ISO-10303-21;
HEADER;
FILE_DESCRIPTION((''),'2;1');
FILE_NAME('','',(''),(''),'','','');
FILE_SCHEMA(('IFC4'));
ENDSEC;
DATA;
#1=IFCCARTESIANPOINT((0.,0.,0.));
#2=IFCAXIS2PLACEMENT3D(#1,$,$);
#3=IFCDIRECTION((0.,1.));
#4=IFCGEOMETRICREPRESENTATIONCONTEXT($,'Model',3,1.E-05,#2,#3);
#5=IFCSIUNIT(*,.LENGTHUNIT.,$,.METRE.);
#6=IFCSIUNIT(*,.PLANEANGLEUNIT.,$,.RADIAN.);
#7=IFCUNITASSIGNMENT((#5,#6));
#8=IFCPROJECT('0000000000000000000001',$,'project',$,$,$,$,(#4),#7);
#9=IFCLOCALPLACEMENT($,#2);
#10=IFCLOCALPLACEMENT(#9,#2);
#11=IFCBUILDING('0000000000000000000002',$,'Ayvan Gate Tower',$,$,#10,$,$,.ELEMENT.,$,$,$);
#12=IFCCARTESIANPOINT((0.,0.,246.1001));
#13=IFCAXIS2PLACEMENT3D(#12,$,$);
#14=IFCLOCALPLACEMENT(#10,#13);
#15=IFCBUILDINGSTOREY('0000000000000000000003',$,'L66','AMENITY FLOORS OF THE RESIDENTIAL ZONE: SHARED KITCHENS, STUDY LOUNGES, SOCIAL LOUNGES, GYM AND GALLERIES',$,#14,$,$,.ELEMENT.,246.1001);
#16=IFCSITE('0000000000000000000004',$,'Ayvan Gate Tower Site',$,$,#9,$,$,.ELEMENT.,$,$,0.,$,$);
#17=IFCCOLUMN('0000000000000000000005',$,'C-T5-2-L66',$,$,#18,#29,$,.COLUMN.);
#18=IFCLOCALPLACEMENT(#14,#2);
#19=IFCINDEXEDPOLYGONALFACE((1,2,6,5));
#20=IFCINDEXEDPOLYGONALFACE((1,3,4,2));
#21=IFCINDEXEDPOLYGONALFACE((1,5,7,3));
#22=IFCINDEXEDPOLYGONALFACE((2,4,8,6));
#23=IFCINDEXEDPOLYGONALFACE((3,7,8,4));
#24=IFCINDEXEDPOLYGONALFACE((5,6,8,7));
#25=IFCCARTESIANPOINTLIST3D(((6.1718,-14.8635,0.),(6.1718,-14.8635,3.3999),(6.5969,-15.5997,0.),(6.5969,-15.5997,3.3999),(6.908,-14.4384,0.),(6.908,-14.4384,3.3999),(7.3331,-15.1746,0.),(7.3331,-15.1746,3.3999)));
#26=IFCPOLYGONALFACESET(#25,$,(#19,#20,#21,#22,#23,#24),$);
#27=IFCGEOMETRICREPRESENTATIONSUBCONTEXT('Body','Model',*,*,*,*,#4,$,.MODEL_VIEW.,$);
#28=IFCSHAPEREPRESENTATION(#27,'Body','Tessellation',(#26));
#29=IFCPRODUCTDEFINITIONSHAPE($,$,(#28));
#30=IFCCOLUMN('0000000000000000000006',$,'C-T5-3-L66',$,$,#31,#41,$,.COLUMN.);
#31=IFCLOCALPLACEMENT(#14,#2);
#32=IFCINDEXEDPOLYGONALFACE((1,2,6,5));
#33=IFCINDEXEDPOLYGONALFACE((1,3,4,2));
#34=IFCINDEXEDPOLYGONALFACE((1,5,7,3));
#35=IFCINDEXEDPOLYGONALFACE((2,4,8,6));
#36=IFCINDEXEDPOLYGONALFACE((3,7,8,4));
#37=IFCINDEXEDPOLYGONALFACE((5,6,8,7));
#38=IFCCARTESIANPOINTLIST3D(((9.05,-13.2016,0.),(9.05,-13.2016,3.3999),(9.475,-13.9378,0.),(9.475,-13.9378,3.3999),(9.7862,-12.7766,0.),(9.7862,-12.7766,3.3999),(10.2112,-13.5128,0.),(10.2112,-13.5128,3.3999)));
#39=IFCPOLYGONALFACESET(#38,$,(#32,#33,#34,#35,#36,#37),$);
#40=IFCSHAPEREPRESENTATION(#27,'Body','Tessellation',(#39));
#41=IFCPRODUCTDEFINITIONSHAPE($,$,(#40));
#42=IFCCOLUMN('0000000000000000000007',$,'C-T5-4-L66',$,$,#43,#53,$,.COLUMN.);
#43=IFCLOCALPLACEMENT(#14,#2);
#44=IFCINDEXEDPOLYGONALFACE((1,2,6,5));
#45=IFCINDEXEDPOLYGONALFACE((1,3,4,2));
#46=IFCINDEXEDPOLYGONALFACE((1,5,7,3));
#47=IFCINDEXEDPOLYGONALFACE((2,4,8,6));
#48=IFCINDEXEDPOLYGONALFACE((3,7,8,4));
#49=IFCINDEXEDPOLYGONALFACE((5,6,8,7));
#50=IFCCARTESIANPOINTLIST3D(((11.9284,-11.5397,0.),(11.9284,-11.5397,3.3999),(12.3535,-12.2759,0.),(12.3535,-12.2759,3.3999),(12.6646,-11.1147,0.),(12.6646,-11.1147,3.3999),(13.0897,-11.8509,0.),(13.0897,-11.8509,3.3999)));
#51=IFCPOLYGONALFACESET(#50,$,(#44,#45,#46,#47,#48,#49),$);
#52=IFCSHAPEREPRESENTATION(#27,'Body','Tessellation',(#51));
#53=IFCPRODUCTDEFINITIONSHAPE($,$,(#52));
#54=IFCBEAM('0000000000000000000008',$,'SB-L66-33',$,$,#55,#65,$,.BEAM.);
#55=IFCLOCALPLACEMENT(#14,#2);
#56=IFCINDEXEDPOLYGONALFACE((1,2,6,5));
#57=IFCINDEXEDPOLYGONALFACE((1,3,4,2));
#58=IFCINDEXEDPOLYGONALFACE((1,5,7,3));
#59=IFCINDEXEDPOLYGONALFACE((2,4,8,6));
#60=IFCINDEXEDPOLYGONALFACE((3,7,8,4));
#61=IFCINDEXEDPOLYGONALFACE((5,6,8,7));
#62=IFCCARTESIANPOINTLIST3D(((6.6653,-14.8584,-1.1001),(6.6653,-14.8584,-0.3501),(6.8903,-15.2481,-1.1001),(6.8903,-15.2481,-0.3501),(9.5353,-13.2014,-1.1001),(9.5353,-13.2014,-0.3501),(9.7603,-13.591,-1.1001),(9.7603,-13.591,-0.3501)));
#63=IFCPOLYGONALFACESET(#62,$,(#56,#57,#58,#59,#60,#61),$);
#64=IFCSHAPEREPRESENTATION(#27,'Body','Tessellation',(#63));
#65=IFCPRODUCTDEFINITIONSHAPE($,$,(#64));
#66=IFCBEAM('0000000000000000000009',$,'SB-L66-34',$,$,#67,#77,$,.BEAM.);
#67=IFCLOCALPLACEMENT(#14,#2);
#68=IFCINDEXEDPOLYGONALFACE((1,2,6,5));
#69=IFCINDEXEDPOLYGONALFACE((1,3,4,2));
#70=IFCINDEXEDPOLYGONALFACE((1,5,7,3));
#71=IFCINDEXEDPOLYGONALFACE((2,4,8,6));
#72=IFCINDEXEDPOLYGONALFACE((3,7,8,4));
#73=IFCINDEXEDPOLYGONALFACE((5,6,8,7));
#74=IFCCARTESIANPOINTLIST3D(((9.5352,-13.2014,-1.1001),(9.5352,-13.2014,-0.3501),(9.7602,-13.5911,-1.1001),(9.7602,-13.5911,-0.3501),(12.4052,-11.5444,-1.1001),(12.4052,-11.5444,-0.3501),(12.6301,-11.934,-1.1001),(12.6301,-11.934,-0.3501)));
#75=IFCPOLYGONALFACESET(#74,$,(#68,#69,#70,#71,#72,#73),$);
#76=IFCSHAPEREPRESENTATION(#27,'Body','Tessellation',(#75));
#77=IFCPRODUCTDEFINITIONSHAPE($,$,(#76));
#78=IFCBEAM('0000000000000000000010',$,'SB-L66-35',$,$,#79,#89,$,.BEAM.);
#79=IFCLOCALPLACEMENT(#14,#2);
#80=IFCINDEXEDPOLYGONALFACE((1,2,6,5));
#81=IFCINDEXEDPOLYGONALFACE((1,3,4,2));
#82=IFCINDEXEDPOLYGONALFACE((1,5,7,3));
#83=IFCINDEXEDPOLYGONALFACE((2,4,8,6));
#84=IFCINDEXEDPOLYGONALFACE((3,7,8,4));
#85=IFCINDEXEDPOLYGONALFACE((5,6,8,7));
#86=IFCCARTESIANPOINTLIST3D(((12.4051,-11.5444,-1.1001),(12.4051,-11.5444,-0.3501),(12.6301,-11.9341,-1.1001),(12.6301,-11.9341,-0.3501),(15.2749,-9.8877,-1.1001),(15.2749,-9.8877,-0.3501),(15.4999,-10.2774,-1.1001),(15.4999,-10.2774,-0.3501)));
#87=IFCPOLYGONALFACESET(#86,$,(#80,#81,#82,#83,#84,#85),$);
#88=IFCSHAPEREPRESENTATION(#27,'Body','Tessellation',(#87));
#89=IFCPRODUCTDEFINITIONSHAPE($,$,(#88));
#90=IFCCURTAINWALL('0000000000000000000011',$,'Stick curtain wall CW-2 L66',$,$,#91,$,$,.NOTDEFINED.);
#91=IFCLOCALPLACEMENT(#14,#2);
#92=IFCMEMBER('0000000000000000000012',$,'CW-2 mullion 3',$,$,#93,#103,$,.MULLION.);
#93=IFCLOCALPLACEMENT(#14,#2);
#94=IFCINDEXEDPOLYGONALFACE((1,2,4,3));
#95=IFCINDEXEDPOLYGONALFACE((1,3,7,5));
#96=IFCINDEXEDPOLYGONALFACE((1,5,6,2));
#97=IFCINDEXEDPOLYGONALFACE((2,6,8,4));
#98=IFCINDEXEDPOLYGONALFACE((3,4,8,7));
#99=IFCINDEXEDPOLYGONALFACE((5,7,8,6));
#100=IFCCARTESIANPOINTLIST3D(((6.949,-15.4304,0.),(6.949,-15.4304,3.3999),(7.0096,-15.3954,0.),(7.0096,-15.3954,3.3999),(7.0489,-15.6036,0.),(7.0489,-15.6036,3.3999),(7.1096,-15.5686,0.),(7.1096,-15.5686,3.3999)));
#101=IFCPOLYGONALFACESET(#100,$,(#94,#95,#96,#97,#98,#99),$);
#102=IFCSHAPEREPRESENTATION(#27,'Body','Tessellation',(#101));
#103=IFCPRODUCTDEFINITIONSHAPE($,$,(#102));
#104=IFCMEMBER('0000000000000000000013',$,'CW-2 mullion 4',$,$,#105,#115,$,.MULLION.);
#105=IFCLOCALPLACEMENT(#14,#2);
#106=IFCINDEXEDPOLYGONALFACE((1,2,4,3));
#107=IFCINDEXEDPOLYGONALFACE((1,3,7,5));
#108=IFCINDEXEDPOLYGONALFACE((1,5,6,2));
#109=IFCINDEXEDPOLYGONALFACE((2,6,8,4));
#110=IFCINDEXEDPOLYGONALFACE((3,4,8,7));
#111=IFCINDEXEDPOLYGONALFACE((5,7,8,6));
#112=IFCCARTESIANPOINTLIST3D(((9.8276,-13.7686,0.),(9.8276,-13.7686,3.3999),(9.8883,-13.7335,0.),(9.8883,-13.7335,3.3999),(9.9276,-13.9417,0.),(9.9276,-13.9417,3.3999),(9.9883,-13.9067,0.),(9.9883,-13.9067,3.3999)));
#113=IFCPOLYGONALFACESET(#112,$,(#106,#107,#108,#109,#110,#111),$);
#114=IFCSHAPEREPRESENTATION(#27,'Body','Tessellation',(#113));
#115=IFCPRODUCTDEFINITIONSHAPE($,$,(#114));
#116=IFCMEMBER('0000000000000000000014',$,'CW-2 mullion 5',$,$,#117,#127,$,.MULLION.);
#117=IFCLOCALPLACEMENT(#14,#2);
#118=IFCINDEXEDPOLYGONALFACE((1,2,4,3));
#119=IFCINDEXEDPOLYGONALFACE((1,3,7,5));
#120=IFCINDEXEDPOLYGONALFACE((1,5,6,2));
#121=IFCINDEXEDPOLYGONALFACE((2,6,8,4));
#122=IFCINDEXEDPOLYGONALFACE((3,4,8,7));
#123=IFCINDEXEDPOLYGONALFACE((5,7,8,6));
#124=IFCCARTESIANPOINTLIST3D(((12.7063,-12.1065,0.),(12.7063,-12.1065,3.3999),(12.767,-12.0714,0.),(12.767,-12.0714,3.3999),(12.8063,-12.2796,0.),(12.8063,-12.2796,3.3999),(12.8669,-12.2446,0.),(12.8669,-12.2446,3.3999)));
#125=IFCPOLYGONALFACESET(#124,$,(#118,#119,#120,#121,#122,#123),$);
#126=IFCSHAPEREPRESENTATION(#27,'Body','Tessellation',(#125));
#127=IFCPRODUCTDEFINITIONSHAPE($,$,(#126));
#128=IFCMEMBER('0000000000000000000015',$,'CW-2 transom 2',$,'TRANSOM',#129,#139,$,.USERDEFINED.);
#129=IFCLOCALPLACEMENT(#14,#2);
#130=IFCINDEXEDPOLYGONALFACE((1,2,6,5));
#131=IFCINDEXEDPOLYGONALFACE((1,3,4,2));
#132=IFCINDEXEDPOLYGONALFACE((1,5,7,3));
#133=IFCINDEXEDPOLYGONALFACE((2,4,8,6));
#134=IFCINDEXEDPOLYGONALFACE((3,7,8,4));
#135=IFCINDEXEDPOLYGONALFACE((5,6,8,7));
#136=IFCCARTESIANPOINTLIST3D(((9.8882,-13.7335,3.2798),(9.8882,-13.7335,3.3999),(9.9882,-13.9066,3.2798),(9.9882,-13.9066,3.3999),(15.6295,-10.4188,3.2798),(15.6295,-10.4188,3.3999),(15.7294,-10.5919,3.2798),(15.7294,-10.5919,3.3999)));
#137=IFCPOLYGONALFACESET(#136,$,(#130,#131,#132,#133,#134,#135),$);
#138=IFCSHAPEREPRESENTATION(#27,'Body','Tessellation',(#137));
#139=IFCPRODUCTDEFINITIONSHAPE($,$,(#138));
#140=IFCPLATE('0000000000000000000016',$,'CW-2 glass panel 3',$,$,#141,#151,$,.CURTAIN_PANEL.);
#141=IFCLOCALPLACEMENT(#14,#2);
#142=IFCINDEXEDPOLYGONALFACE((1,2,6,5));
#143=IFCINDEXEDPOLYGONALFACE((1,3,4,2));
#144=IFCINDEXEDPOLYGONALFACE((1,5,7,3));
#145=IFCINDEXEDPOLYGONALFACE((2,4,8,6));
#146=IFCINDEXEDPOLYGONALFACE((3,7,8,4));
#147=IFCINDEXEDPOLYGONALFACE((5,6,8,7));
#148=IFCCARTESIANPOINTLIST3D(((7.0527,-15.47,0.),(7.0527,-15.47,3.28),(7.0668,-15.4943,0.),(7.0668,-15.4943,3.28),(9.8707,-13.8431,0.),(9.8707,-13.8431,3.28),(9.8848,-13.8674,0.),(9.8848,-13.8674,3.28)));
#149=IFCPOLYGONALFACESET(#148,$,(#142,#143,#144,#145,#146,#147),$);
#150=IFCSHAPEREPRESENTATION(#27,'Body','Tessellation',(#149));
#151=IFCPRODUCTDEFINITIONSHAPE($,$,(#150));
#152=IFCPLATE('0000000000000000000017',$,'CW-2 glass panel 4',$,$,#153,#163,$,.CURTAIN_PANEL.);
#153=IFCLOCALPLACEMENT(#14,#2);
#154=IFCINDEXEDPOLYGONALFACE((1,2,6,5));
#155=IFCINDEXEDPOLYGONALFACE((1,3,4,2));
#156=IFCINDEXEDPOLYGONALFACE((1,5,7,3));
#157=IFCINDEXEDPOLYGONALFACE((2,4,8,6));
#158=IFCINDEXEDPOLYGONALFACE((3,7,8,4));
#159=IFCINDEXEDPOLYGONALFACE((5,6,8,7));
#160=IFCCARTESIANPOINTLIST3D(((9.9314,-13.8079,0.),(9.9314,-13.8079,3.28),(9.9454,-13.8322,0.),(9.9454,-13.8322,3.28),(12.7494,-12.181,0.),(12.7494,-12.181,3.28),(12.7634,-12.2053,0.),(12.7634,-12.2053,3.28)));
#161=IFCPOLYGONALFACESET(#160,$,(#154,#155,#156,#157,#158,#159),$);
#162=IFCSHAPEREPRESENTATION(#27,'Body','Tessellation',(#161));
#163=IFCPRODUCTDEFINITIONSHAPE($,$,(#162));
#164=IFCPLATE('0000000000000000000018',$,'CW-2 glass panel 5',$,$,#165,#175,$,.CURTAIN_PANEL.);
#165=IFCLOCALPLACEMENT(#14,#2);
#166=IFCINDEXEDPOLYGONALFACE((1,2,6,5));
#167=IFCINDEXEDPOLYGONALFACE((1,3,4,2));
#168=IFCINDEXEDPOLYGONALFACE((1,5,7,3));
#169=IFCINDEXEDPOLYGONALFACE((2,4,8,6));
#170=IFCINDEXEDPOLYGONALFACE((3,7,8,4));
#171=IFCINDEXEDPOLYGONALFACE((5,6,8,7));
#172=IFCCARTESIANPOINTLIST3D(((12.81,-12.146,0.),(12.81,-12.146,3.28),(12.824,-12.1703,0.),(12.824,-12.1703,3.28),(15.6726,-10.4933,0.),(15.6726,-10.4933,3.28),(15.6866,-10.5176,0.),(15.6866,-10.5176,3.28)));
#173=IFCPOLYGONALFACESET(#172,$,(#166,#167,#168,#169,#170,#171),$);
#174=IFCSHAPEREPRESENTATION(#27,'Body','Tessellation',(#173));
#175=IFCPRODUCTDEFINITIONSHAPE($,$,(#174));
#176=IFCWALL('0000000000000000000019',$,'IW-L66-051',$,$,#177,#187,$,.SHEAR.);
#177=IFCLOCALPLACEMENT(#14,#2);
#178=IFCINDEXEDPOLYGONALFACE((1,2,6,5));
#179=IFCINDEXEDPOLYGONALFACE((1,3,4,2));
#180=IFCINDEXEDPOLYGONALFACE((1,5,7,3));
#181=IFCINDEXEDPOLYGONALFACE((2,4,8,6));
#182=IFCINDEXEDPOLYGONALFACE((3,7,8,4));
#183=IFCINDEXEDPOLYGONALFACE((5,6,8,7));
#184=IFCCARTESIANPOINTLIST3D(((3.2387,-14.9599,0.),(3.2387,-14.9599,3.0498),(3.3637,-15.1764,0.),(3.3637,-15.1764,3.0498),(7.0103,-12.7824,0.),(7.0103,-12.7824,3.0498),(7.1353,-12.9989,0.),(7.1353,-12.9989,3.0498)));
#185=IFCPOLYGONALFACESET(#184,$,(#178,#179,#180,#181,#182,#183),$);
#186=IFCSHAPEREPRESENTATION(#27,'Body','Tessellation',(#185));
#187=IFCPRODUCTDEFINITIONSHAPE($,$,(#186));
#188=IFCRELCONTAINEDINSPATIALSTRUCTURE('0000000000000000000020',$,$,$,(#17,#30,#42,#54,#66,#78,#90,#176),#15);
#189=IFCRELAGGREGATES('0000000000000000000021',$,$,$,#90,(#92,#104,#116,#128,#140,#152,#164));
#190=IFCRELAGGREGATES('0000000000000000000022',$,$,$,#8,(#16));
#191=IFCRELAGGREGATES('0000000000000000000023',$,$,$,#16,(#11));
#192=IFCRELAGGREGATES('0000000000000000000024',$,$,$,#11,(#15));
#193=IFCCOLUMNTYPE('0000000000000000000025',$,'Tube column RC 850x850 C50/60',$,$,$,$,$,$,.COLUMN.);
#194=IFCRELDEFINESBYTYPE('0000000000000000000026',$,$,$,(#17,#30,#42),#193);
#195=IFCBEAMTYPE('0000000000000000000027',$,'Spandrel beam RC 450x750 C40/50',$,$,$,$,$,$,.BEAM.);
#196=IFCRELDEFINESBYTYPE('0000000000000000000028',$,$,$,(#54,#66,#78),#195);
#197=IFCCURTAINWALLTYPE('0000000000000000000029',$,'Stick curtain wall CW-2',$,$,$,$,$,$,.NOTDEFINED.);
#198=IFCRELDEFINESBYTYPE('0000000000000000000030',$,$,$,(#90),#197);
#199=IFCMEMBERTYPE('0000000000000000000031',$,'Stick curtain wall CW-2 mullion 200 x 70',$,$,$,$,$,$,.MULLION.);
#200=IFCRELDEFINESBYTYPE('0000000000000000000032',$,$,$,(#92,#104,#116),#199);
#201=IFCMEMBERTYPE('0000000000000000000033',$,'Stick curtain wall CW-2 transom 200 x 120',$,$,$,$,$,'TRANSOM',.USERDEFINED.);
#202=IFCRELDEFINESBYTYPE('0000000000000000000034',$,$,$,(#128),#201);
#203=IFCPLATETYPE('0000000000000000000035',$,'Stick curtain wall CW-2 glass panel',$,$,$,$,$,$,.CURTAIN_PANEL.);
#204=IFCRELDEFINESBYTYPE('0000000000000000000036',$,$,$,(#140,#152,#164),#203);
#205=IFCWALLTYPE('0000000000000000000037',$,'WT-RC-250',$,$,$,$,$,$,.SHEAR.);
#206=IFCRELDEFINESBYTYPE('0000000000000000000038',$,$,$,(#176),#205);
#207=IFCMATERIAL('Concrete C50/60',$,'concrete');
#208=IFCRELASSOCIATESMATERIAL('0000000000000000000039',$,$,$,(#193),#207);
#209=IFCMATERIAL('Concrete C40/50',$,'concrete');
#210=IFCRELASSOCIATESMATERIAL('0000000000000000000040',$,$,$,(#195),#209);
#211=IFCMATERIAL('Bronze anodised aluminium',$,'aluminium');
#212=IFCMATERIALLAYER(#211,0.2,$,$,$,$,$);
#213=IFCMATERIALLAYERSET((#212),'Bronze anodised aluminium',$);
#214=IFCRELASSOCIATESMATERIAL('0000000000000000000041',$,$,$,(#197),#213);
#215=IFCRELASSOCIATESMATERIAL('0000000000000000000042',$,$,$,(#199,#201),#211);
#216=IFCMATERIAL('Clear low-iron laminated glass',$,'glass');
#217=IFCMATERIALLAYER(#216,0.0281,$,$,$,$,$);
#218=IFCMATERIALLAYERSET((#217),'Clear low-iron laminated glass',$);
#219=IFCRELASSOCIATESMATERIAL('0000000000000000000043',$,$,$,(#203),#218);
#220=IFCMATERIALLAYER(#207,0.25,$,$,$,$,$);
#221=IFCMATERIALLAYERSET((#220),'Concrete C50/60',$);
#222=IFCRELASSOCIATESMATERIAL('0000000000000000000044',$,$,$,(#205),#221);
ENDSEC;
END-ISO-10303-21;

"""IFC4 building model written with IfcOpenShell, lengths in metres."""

from ifc_helpers import new_model, si_unit, direction, frame, frame_2d, origin, origin_2d, place, context, subcontext, project, spatial, rectangle, extrude, material, layer, layer_set, material_profile, profile_set, type_object, element, aggregate, save


model = new_model("IFC4")

# Units and contexts
model_context = context("Model", 3, precision=1e-05, world=origin(), true_north=direction((0.0, 1.0)))
body_context = subcontext(model_context, "Body", "Model", "MODEL_VIEW")
ifc_project = project(units=[si_unit("LENGTHUNIT", "METRE"), si_unit("PLANEANGLEUNIT", "RADIAN")], contexts=[model_context])

# Site, building, storey
site_placement = place(None, origin())
site = spatial("IfcSite", under=ifc_project, at=site_placement, Name="Ayvan Gate Tower Site", CompositionType="ELEMENT", RefElevation=0.0)
building_placement = place(site_placement, origin())
building = spatial("IfcBuilding", under=site, at=building_placement, Name="Ayvan Gate Tower", CompositionType="ELEMENT")
storey_placement = place(building_placement, frame((0.0, 0.0, 246.1001)))
storey = spatial("IfcBuildingStorey", under=building, at=storey_placement, Name="L66", Description="AMENITY FLOORS OF THE RESIDENTIAL ZONE: SHARED KITCHENS, STUDY LOUNGES, SOCIAL LOUNGES, GYM AND GALLERIES", CompositionType="ELEMENT", Elevation=246.1001)

# Columns
ifc_material_1 = material(Name="Concrete C50/60", Category="concrete")
ifc_material_profile_1 = material_profile(ifc_material_1, rectangle(XDim=0.8501, YDim=0.8501, at=origin_2d()), Name="RC 850x850")
ifc_profile_set_1 = profile_set([ifc_material_profile_1], Name="Concrete C50/60")
column_type = type_object("IfcColumnType", Name="Tube column RC 850x850 C50/60", PredefinedType="COLUMN", material=ifc_profile_set_1)
for number, where, z_axis, x_axis, name in (
    (1, (6.7524, -15.019, 0.0), (0.0, 0.0, 1.0), (0.5, -0.866025, 0.0), "C-T5-2-L66"),
    (2, (9.6306, -13.3572, 0.0), (0.0, 0.0, 1.0), (0.5, -0.866025, 0.0), "C-T5-3-L66"),
    (3, (12.509, -11.6953, 0.0), (0.0, 0.0, 1.0), (0.5, -0.866025, 0.0), "C-T5-4-L66"),
):
    element("IfcColumn", number, at=place(storey_placement, frame(where, z_axis=z_axis, x_axis=x_axis)), inside=storey, type_object=column_type, Name=name, PredefinedType="COLUMN", context=body_context, shape_type="SweptSolid", body=[
        extrude(rectangle(XDim=0.8501, YDim=0.8501, at=origin_2d()), origin(), (0.0, 0.0, 1.0), 3.3999),
    ])

# Beams
ifc_material_2 = material(Name="Concrete C40/50", Category="concrete")
ifc_material_profile_2 = material_profile(ifc_material_2, rectangle(XDim=0.45, YDim=0.75, at=origin_2d()), Name="RC 450x750")
ifc_profile_set_2 = profile_set([ifc_material_profile_2], Name="Concrete C40/50")
beam_type = type_object("IfcBeamType", Name="Spandrel beam RC 450x750 C40/50", PredefinedType="BEAM", material=ifc_profile_set_2)
for number, where, z_axis, x_axis, name in (
    (4, (6.7778, -15.0532, -0.7251), (0.866018, 0.500014, 0.0), (-0.500014, 0.866018, 0.0), "SB-L66-33"),
    (5, (9.6477, -13.3962, -0.7251), (0.866018, 0.500014, 0.0), (-0.500014, 0.866018, 0.0), "SB-L66-34"),
):
    element("IfcBeam", number, at=place(storey_placement, frame(where, z_axis=z_axis, x_axis=x_axis)), inside=storey, type_object=beam_type, Name=name, PredefinedType="BEAM", context=body_context, shape_type="SweptSolid", body=[
        extrude(rectangle(XDim=0.45, YDim=0.75, at=origin_2d()), origin(), (0.0, 0.0, 1.0), 3.314),
    ])
beam_placement = place(storey_placement, frame((12.5176, -11.7393, -0.7251), z_axis=(0.866049, 0.499958, 0.0), x_axis=(-0.499958, 0.866049, 0.0)))
element("IfcBeam", 6, at=beam_placement, inside=storey, type_object=beam_type, Name="SB-L66-35", PredefinedType="BEAM", context=body_context, shape_type="SweptSolid", body=[
    extrude(rectangle(XDim=0.45, YDim=0.75, at=origin_2d()), origin(), (0.0, 0.0, 1.0), 3.3137),
])

# Curtain wall, members, plates
ifc_material_3 = material(Name="Bronze anodised aluminium", Category="aluminium")
ifc_layer_1 = layer(ifc_material_3, 0.2)
ifc_layer_set_1 = layer_set([ifc_layer_1], Name="Bronze anodised aluminium")
curtain_wall_type = type_object("IfcCurtainWallType", Name="Stick curtain wall CW-2", PredefinedType="NOTDEFINED", material=ifc_layer_set_1)
curtain_wall_placement = place(storey_placement, origin())
curtain_wall = element("IfcCurtainWall", 7, at=curtain_wall_placement, inside=storey, type_object=curtain_wall_type, Name="Stick curtain wall CW-2 L66", PredefinedType="NOTDEFINED")
ifc_material_profile_3 = material_profile(ifc_material_3, rectangle(XDim=0.2, YDim=0.0701, at=origin_2d()), Name="Stick curtain wall CW-2 mullion 200 x 70")
ifc_profile_set_3 = profile_set([ifc_material_profile_3], Name="Bronze anodised aluminium")
member_type_1 = type_object("IfcMemberType", Name="Stick curtain wall CW-2 mullion 200 x 70", PredefinedType="MULLION", material=ifc_profile_set_3)
member_1_placement = place(storey_placement, frame((7.0293, -15.4995, 0.0), z_axis=(0.0, 0.0, 1.0), x_axis=(0.5, -0.866025, 0.0)))
member_1 = element("IfcMember", 8, at=member_1_placement, type_object=member_type_1, Name="CW-2 mullion 3", PredefinedType="MULLION", context=body_context, shape_type="SweptSolid", body=[
    extrude(rectangle(XDim=0.2, YDim=0.0701, at=origin_2d()), origin(), (0.0, 0.0, 1.0), 3.3999),
])
member_2_placement = place(storey_placement, frame((9.908, -13.8376, 0.0), z_axis=(0.0, 0.0, 1.0), x_axis=(0.5, -0.866025, 0.0)))
member_2 = element("IfcMember", 9, at=member_2_placement, type_object=member_type_1, Name="CW-2 mullion 4", PredefinedType="MULLION", context=body_context, shape_type="SweptSolid", body=[
    extrude(rectangle(XDim=0.2, YDim=0.0701, at=origin_2d()), origin(), (0.0, 0.0, 1.0), 3.3999),
])
member_3_placement = place(storey_placement, frame((12.7866, -12.1755, 0.0), z_axis=(0.0, 0.0, 1.0), x_axis=(0.5, -0.866025, 0.0)))
member_3 = element("IfcMember", 10, at=member_3_placement, type_object=member_type_1, Name="CW-2 mullion 5", PredefinedType="MULLION", context=body_context, shape_type="SweptSolid", body=[
    extrude(rectangle(XDim=0.2, YDim=0.0701, at=origin_2d()), origin(), (0.0, 0.0, 1.0), 3.3999),
])
ifc_material_profile_4 = material_profile(ifc_material_3, rectangle(XDim=0.2, YDim=0.1201, at=origin_2d()), Name="Stick curtain wall CW-2 transom 200 x 120")
ifc_profile_set_4 = profile_set([ifc_material_profile_4], Name="Bronze anodised aluminium")
member_type_2 = type_object("IfcMemberType", Name="Stick curtain wall CW-2 transom 200 x 120", ElementType="TRANSOM", PredefinedType="USERDEFINED", material=ifc_profile_set_4)
member_4_placement = place(storey_placement, frame((9.9382, -13.8201, 3.3398), z_axis=(0.866025, 0.500001, 0.0), x_axis=(-0.500001, 0.866025, 0.0)))
member_4 = element("IfcMember", 11, at=member_4_placement, type_object=member_type_2, Name="CW-2 transom 2", ObjectType="TRANSOM", PredefinedType="USERDEFINED", context=body_context, shape_type="SweptSolid", body=[
    extrude(rectangle(XDim=0.2, YDim=0.1201, at=origin_2d()), origin(), (0.0, 0.0, 1.0), 6.6294),
])
ifc_material_4 = material(Name="Clear low-iron laminated glass", Category="glass")
ifc_layer_2 = layer(ifc_material_4, 0.0281)
ifc_layer_set_2 = layer_set([ifc_layer_2], Name="Clear low-iron laminated glass")
plate_type = type_object("IfcPlateType", Name="Stick curtain wall CW-2 glass panel", PredefinedType="CURTAIN_PANEL", material=ifc_layer_set_2)
plate_1_placement = place(storey_placement, frame((8.4688, -14.6687, 0.0), z_axis=(0.0, 0.0, 1.0), x_axis=(0.866025, 0.5, 0.0)))
plate_1 = element("IfcPlate", 12, at=plate_1_placement, type_object=plate_type, Name="CW-2 glass panel 3", PredefinedType="CURTAIN_PANEL", context=body_context, shape_type="SweptSolid", body=[
    extrude(rectangle(XDim=3.2539, YDim=0.0281, at=origin_2d()), origin(), (0.0, 0.0, 1.0), 3.28),
])
plate_2_placement = place(storey_placement, frame((11.3474, -13.0066, 0.0), z_axis=(0.0, 0.0, 1.0), x_axis=(0.866025, 0.5, 0.0)))
plate_2 = element("IfcPlate", 13, at=plate_2_placement, type_object=plate_type, Name="CW-2 glass panel 4", PredefinedType="CURTAIN_PANEL", context=body_context, shape_type="SweptSolid", body=[
    extrude(rectangle(XDim=3.2539, YDim=0.0281, at=origin_2d()), origin(), (0.0, 0.0, 1.0), 3.28),
])
plate_3_placement = place(storey_placement, frame((14.2483, -11.3318, 0.0), z_axis=(0.0, 0.0, 1.0), x_axis=(0.866025, 0.5, 0.0)))
plate_3 = element("IfcPlate", 14, at=plate_3_placement, type_object=plate_type, Name="CW-2 glass panel 5", PredefinedType="CURTAIN_PANEL", context=body_context, shape_type="SweptSolid", body=[
    extrude(rectangle(XDim=3.3054, YDim=0.0281, at=origin_2d()), origin(), (0.0, 0.0, 1.0), 3.28),
])
aggregate(curtain_wall, [member_1, member_2, member_3, member_4, plate_1, plate_2, plate_3])

# Wall
ifc_layer_3 = layer(ifc_material_1, 0.25)
ifc_layer_set_3 = layer_set([ifc_layer_3], Name="Concrete C50/60")
wall_type = type_object("IfcWallType", Name="WT-RC-250", PredefinedType="SHEAR", material=ifc_layer_set_3)
wall_1_placement = place(storey_placement, frame((7.0728, -12.8906, 0.0), z_axis=(0.0, 0.0, 1.0), x_axis=(-0.866023, -0.500004, 0.0)))
element("IfcWall", 15, at=wall_1_placement, inside=storey, type_object=wall_type, Name="IW-L66-051", PredefinedType="SHEAR", context=body_context, shape_type="SweptSolid", body=[
    extrude(rectangle(XDim=4.355, YDim=0.25, at=frame_2d((2.1775, 0.0))), origin(), (0.0, 0.0, 1.0), 3.0498),
])

save(model, "model.ifc")
